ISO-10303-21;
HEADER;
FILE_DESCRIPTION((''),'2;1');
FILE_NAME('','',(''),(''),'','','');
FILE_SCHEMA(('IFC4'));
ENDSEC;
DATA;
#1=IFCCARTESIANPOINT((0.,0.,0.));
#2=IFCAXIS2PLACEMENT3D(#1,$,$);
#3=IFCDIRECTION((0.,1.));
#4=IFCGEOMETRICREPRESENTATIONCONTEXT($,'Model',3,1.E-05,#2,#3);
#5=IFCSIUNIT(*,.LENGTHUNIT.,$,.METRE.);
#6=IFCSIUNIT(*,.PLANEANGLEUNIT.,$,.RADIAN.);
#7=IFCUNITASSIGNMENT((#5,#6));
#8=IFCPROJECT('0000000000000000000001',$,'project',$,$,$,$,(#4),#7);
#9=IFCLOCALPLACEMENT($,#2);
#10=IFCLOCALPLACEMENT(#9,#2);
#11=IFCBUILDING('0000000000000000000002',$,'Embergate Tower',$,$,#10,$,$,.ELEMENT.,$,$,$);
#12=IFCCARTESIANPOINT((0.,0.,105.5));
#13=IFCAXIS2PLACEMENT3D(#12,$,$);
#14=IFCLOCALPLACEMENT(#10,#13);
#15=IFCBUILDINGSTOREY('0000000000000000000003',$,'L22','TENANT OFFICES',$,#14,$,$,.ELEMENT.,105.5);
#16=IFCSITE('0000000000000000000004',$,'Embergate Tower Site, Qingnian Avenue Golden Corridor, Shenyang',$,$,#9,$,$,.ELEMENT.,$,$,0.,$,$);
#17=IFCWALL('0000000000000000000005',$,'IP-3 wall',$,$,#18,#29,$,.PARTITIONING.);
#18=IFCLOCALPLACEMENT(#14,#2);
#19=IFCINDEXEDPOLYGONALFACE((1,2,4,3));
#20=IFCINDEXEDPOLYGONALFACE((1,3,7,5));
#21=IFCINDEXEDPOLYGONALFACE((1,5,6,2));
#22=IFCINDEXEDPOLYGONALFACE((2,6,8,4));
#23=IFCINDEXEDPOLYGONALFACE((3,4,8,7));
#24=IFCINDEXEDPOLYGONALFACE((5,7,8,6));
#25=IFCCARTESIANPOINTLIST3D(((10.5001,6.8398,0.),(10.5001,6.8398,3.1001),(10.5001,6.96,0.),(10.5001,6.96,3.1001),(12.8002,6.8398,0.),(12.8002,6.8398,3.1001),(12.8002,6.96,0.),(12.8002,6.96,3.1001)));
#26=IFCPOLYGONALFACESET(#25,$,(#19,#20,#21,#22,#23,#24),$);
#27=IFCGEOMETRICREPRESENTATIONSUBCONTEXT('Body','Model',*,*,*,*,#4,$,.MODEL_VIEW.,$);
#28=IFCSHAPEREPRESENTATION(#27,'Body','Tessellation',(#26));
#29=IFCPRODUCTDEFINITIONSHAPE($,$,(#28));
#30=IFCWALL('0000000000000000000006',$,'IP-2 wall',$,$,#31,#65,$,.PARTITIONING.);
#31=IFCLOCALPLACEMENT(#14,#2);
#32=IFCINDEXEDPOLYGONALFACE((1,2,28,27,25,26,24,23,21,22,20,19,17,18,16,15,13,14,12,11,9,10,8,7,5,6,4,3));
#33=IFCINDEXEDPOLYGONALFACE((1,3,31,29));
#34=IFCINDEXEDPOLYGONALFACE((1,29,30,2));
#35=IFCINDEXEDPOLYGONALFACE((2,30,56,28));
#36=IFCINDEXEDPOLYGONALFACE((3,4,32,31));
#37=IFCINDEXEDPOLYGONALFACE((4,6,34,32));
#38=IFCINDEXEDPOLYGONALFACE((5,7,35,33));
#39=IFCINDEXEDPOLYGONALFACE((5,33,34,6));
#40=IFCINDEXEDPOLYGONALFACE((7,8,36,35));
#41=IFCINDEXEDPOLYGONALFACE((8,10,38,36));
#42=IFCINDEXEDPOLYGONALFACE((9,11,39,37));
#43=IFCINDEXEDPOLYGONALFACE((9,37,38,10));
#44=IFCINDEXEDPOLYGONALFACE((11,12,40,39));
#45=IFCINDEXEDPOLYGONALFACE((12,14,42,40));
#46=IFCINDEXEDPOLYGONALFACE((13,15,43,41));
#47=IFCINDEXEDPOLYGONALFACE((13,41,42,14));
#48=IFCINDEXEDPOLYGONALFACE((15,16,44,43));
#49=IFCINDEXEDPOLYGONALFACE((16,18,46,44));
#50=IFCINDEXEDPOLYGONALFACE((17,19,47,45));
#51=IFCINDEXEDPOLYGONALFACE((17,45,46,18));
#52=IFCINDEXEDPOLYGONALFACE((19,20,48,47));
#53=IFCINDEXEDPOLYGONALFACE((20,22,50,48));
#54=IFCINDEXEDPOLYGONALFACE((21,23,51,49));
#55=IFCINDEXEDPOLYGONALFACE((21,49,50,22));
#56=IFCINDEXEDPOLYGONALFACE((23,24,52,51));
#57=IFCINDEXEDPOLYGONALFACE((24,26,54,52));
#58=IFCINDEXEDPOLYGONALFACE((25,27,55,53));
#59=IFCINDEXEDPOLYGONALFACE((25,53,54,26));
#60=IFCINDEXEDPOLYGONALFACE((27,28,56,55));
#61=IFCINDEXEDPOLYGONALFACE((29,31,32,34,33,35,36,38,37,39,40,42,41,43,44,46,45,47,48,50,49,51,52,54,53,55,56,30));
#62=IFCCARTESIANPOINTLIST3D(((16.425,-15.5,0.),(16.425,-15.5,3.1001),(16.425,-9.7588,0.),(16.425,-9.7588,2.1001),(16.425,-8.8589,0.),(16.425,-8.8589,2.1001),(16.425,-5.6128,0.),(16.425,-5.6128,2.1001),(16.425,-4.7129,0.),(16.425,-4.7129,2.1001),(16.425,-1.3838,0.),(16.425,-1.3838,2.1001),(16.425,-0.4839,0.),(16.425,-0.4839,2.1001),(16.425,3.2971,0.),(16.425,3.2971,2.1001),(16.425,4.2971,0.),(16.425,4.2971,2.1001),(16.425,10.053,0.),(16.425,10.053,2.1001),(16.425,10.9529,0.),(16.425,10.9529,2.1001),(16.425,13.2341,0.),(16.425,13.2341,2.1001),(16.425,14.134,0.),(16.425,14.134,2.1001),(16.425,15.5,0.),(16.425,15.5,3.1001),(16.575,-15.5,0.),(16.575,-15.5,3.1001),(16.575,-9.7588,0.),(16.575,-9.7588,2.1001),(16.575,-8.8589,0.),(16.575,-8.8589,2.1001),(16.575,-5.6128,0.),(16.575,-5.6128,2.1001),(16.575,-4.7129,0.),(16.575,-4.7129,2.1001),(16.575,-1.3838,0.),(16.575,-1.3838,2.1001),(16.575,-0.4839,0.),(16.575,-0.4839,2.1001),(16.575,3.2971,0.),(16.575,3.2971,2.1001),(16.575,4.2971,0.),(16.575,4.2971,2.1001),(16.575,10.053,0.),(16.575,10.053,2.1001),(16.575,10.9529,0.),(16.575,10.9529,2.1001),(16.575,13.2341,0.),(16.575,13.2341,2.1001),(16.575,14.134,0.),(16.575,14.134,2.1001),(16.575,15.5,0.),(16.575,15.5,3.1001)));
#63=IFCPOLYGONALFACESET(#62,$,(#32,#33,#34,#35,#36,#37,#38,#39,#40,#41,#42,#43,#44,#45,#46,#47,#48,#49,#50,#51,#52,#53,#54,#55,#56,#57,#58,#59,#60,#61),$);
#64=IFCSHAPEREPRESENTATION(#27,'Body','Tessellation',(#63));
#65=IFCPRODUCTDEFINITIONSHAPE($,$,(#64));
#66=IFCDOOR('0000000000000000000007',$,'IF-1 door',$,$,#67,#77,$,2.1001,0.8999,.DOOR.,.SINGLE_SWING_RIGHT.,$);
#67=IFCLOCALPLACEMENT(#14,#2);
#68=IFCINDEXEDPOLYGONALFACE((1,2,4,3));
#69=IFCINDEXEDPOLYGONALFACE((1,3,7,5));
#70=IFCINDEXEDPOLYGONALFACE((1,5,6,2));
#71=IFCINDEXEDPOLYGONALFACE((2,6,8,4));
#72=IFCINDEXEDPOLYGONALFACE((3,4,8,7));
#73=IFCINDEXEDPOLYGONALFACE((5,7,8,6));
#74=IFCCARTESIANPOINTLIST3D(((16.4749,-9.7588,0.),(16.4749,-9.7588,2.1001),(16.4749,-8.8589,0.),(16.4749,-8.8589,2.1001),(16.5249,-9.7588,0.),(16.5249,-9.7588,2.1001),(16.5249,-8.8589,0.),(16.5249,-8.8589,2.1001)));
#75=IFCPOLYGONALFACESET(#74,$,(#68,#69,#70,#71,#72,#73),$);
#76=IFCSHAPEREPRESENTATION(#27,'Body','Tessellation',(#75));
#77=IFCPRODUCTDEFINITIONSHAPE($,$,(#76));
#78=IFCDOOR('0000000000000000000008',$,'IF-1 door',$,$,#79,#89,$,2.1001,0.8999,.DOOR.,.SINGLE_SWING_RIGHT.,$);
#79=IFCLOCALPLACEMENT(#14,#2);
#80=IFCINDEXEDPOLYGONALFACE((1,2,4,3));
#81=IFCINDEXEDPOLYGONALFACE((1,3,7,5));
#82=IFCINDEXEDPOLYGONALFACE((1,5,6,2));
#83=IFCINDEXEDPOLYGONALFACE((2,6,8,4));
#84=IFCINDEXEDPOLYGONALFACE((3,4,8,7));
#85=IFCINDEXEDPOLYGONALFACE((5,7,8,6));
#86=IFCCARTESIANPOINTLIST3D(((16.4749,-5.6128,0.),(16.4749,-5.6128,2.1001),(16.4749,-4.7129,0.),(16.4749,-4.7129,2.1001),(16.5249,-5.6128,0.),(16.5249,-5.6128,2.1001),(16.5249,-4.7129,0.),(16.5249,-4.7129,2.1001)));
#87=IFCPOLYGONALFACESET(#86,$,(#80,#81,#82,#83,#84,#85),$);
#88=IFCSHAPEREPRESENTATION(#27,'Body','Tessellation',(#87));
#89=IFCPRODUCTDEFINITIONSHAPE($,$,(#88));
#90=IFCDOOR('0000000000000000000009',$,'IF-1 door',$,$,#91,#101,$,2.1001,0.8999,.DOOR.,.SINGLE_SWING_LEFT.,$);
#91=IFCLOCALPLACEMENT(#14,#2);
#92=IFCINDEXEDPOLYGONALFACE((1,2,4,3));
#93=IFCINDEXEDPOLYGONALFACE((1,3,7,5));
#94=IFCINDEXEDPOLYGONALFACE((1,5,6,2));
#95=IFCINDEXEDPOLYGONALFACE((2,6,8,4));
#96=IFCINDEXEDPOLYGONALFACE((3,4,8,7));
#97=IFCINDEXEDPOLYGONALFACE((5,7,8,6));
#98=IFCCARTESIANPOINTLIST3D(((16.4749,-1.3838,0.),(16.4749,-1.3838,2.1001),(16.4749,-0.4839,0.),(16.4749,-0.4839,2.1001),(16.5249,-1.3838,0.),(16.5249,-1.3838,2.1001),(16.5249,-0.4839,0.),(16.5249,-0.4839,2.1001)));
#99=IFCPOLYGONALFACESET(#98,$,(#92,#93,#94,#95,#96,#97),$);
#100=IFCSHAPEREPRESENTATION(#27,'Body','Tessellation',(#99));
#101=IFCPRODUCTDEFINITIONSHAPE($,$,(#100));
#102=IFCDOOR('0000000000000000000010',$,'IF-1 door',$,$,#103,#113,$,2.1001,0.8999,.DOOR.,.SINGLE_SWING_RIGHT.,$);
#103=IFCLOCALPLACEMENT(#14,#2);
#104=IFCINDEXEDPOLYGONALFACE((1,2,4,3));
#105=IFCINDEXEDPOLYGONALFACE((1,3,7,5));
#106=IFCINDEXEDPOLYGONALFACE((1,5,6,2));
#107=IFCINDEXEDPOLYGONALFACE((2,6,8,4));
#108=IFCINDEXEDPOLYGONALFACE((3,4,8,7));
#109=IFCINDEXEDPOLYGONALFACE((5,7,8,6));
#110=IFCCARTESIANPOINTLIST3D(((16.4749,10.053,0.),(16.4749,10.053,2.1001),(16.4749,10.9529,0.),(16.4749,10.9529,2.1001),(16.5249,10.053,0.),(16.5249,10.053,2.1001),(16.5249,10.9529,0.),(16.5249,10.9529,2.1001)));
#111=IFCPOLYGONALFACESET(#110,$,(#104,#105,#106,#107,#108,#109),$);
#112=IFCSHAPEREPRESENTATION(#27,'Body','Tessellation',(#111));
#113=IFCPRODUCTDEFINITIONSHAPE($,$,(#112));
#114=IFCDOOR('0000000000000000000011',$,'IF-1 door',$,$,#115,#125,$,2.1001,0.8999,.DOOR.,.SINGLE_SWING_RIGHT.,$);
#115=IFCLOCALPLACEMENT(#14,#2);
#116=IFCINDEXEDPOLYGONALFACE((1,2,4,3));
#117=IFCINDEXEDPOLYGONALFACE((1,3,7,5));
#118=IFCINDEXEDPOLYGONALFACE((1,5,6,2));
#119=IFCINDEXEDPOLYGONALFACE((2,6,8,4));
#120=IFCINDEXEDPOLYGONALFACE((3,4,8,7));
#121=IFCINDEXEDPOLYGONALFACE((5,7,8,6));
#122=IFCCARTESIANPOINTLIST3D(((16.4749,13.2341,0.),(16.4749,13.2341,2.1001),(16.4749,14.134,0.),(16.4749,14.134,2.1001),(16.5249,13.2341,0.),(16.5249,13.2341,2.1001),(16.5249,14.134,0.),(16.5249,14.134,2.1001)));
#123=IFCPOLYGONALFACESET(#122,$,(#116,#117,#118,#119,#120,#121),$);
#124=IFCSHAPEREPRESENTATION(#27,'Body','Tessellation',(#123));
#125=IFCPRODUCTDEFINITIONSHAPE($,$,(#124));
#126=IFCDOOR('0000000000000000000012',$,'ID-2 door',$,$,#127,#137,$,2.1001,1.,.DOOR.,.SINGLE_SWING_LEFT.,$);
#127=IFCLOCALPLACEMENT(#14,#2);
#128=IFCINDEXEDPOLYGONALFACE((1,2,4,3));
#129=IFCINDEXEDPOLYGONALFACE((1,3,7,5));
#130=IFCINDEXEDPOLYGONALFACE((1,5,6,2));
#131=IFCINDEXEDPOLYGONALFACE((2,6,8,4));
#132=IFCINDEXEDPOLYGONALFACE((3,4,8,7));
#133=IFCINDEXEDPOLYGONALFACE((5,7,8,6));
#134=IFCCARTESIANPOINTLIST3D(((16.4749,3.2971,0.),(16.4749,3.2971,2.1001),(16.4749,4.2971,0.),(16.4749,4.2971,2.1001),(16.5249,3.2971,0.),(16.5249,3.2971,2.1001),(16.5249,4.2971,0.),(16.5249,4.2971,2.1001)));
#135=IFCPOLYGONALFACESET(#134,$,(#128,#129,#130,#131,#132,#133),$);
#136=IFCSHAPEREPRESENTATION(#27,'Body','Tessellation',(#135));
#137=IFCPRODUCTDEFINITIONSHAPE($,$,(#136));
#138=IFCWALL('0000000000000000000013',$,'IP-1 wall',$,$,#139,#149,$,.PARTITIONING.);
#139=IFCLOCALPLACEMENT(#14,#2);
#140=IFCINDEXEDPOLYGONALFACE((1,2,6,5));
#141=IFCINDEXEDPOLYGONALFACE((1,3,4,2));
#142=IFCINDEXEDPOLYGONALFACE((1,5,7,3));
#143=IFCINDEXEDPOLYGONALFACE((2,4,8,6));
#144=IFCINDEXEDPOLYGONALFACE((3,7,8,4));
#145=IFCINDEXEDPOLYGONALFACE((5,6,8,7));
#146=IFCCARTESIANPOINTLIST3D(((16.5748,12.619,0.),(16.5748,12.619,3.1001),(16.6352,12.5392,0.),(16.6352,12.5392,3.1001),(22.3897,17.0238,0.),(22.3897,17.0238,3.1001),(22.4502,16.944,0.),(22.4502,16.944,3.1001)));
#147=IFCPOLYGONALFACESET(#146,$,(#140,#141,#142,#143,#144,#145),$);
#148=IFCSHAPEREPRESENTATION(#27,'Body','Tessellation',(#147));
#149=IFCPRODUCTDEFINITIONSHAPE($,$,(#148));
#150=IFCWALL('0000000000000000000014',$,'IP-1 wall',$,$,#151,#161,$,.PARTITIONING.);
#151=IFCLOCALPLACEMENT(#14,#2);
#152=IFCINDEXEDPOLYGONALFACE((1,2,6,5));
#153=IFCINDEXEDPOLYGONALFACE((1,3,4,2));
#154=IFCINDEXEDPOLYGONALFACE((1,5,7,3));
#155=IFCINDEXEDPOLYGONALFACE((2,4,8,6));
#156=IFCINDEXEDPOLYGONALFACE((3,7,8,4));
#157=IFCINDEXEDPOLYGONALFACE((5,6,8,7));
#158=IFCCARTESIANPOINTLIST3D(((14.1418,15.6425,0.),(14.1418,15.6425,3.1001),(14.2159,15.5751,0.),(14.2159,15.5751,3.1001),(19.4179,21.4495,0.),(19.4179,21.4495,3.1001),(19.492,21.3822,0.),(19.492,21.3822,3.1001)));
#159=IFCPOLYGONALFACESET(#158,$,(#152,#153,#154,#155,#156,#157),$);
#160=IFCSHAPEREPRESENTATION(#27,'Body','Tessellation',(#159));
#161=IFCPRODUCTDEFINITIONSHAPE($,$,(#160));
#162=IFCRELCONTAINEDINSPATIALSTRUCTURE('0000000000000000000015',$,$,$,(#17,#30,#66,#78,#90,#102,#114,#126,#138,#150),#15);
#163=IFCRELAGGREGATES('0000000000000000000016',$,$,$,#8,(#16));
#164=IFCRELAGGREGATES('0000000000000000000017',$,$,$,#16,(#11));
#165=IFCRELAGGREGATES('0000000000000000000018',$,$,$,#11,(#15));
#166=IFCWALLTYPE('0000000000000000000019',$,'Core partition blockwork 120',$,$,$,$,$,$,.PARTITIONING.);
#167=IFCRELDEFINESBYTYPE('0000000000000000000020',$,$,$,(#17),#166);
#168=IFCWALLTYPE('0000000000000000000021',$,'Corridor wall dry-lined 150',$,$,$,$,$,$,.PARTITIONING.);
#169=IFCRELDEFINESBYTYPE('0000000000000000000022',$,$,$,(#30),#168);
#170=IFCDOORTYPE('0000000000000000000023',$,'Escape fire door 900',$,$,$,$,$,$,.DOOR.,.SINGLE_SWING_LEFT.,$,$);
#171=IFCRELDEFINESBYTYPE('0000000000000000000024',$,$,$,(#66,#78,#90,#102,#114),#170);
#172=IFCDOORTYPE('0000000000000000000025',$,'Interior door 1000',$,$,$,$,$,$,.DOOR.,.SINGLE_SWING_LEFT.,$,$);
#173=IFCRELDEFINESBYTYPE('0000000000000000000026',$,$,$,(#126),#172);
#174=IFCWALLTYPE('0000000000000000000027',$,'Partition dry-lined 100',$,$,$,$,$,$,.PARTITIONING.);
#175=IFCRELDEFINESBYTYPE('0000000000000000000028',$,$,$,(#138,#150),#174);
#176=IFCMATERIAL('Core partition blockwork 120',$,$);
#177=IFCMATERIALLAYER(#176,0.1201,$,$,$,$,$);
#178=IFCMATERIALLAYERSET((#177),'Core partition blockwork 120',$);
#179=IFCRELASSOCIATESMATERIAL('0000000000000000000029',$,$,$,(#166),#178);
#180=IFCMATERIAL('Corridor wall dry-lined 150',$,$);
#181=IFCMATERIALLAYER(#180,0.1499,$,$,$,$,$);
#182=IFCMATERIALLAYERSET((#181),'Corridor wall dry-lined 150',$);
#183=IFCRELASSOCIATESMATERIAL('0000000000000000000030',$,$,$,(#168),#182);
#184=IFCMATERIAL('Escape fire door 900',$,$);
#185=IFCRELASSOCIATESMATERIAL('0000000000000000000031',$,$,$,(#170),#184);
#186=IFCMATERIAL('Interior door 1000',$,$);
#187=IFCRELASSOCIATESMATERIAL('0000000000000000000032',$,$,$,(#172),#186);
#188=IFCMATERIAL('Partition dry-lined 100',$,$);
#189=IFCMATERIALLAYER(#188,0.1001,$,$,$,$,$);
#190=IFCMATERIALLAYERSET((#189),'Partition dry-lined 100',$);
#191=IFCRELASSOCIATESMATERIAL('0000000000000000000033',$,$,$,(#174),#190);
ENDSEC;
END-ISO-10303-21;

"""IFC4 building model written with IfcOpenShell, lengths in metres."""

from ifc_helpers import new_model, si_unit, direction, frame, frame_2d, origin, place, context, subcontext, project, spatial, rectangle, extrude, source, transform, mapped, material, layer, layer_set, type_object, element, fill, save


model = new_model("IFC4")

# Units and contexts
model_context = context("Model", 3, precision=1e-05, world=origin(), true_north=direction((0.0, 1.0)))
body_context = subcontext(model_context, "Body", "Model", "MODEL_VIEW")
ifc_project = project(units=[si_unit("LENGTHUNIT", "METRE"), si_unit("PLANEANGLEUNIT", "RADIAN")], contexts=[model_context])

# Site, building, storey
site_placement = place(None, origin())
site = spatial("IfcSite", under=ifc_project, at=site_placement, Name="Embergate Tower Site, Qingnian Avenue Golden Corridor, Shenyang", CompositionType="ELEMENT", RefElevation=0.0)
building_placement = place(site_placement, origin())
building = spatial("IfcBuilding", under=site, at=building_placement, Name="Embergate Tower", CompositionType="ELEMENT")
storey_placement = place(building_placement, frame((0.0, 0.0, 105.5)))
storey = spatial("IfcBuildingStorey", under=building, at=storey_placement, Name="L22", Description="TENANT OFFICES", CompositionType="ELEMENT", Elevation=105.5)

# Shared definitions
ifc_material_1 = material(Name="Core partition blockwork 120")
ifc_layer_1 = layer(ifc_material_1, 0.1201)
ifc_layer_set_1 = layer_set([ifc_layer_1], Name="Core partition blockwork 120")
wall_type_1 = type_object("IfcWallType", Name="Core partition blockwork 120", PredefinedType="PARTITIONING", material=ifc_layer_set_1)

# Shared definitions
shared_shape_1 = source(origin(), body_context, "Body", "SweptSolid", [
    extrude(rectangle(XDim=2.3, YDim=0.1201, at=frame_2d((1.1499, 0.0))), origin(), (0.0, 0.0, 1.0), 3.1001),
])
shared_shape_2 = source(origin(), body_context, "Body", "SweptSolid", [
    extrude(rectangle(XDim=0.8999, YDim=2.1001, at=frame_2d((0.45, 1.05))), frame((0.0, 0.0249, 0.0), z_axis=(0.0, -1.0, 0.0), x_axis=(1.0, 0.0, 0.0)), (0.0, 0.0, 1.0), 0.05),
])

# Wall
wall_1_placement = place(storey_placement, frame((12.8, 6.8999, 0.0), z_axis=(0.0, 0.0, 1.0), x_axis=(-1.0, 0.0, 0.0)))
element("IfcWall", 1, at=wall_1_placement, inside=storey, type_object=wall_type_1, Name="IP-3 wall", PredefinedType="PARTITIONING", context=body_context, shape_type="MappedRepresentation", body=[
    mapped(shared_shape_1, transform((0.0, 0.0, 0.0))),
])

# Wall, openings, doors
ifc_material_2 = material(Name="Corridor wall dry-lined 150")
ifc_layer_2 = layer(ifc_material_2, 0.1499)
ifc_layer_set_2 = layer_set([ifc_layer_2], Name="Corridor wall dry-lined 150")
wall_type_2 = type_object("IfcWallType", Name="Corridor wall dry-lined 150", PredefinedType="PARTITIONING", material=ifc_layer_set_2)
shared_shape_3 = source(origin(), body_context, "Body", "SweptSolid", [
    extrude(rectangle(XDim=31.0, YDim=0.1499, at=frame_2d((15.5, 0.0))), origin(), (0.0, 0.0, 1.0), 3.1001),
])
wall_2_placement = place(storey_placement, frame((16.5, 15.5, 0.0), z_axis=(0.0, 0.0, 1.0), x_axis=(0.0, -1.0, 0.0)))
wall_2 = element("IfcWall", 2, at=wall_2_placement, inside=storey, type_object=wall_type_2, Name="IP-2 wall", PredefinedType="PARTITIONING", context=body_context, shape_type="MappedRepresentation", body=[
    mapped(shared_shape_3, transform((0.0, 0.0, 0.0))),
])
shared_shape_4 = source(origin(), body_context, "Body", "SweptSolid", [
    extrude(rectangle(XDim=0.8999, YDim=2.1001, at=frame_2d((0.45, 1.05))), frame((0.0, 0.085, 0.0), z_axis=(0.0, -1.0, 0.0), x_axis=(1.0, 0.0, 0.0)), (0.0, 0.0, 1.0), 0.1699),
])
opening_1_placement = place(wall_2_placement, frame((24.3589, 0.0, 0.0)))
opening_1 = element("IfcOpeningElement", 3, at=opening_1_placement, cuts=wall_2, PredefinedType="OPENING", context=body_context, shape_type="MappedRepresentation", body=[
    mapped(shared_shape_4, transform((0.0, 0.0, 0.0))),
])
opening_2_placement = place(wall_2_placement, frame((20.2129, 0.0, 0.0)))
opening_2 = element("IfcOpeningElement", 4, at=opening_2_placement, cuts=wall_2, PredefinedType="OPENING", context=body_context, shape_type="MappedRepresentation", body=[
    mapped(shared_shape_4, transform((0.0, 0.0, 0.0))),
])
opening_3_placement = place(wall_2_placement, frame((15.9839, 0.0, 0.0)))
opening_3 = element("IfcOpeningElement", 5, at=opening_3_placement, cuts=wall_2, PredefinedType="OPENING", context=body_context, shape_type="MappedRepresentation", body=[
    mapped(shared_shape_4, transform((0.0, 0.0, 0.0))),
])
shared_shape_5 = source(origin(), body_context, "Body", "SweptSolid", [
    extrude(rectangle(XDim=1.0, YDim=2.1001, at=frame_2d((0.5, 1.05))), frame((0.0, 0.085, 0.0), z_axis=(0.0, -1.0, 0.0), x_axis=(1.0, 0.0, 0.0)), (0.0, 0.0, 1.0), 0.1699),
])
opening_4_placement = place(wall_2_placement, frame((11.2029, 0.0, 0.0)))
opening_4 = element("IfcOpeningElement", 6, at=opening_4_placement, cuts=wall_2, PredefinedType="OPENING", context=body_context, shape_type="MappedRepresentation", body=[
    mapped(shared_shape_5, transform((0.0, 0.0, 0.0))),
])
opening_5_placement = place(wall_2_placement, frame((4.5471, 0.0, 0.0)))
opening_5 = element("IfcOpeningElement", 7, at=opening_5_placement, cuts=wall_2, PredefinedType="OPENING", context=body_context, shape_type="MappedRepresentation", body=[
    mapped(shared_shape_4, transform((0.0, 0.0, 0.0))),
])
opening_6_placement = place(wall_2_placement, frame((1.366, 0.0, 0.0)))
opening_6 = element("IfcOpeningElement", 8, at=opening_6_placement, cuts=wall_2, PredefinedType="OPENING", context=body_context, shape_type="MappedRepresentation", body=[
    mapped(shared_shape_4, transform((0.0, 0.0, 0.0))),
])
ifc_material_3 = material(Name="Escape fire door 900")
door_type_1 = type_object("IfcDoorType", Name="Escape fire door 900", OperationType="SINGLE_SWING_LEFT", PredefinedType="DOOR", material=ifc_material_3)
door_1_placement = place(opening_1_placement, origin())
door_1 = element("IfcDoor", 9, at=door_1_placement, inside=storey, type_object=door_type_1, Name="IF-1 door", OperationType="SINGLE_SWING_RIGHT", OverallHeight=2.1001, OverallWidth=0.8999, PredefinedType="DOOR", context=body_context, shape_type="MappedRepresentation", body=[
    mapped(shared_shape_2, transform((0.0, 0.0, 0.0))),
])
fill(opening_1, door_1)
door_2_placement = place(opening_2_placement, origin())
door_2 = element("IfcDoor", 10, at=door_2_placement, inside=storey, type_object=door_type_1, Name="IF-1 door", OperationType="SINGLE_SWING_RIGHT", OverallHeight=2.1001, OverallWidth=0.8999, PredefinedType="DOOR", context=body_context, shape_type="MappedRepresentation", body=[
    mapped(shared_shape_2, transform((0.0, 0.0, 0.0))),
])
fill(opening_2, door_2)
door_3_placement = place(opening_3_placement, origin())
door_3 = element("IfcDoor", 11, at=door_3_placement, inside=storey, type_object=door_type_1, Name="IF-1 door", OperationType="SINGLE_SWING_LEFT", OverallHeight=2.1001, OverallWidth=0.8999, PredefinedType="DOOR", context=body_context, shape_type="MappedRepresentation", body=[
    mapped(shared_shape_2, transform((0.0, 0.0, 0.0))),
])
fill(opening_3, door_3)
door_4_placement = place(opening_5_placement, origin())
door_4 = element("IfcDoor", 12, at=door_4_placement, inside=storey, type_object=door_type_1, Name="IF-1 door", OperationType="SINGLE_SWING_RIGHT", OverallHeight=2.1001, OverallWidth=0.8999, PredefinedType="DOOR", context=body_context, shape_type="MappedRepresentation", body=[
    mapped(shared_shape_2, transform((0.0, 0.0, 0.0))),
])
fill(opening_5, door_4)
door_5_placement = place(opening_6_placement, origin())
door_5 = element("IfcDoor", 13, at=door_5_placement, inside=storey, type_object=door_type_1, Name="IF-1 door", OperationType="SINGLE_SWING_RIGHT", OverallHeight=2.1001, OverallWidth=0.8999, PredefinedType="DOOR", context=body_context, shape_type="MappedRepresentation", body=[
    mapped(shared_shape_2, transform((0.0, 0.0, 0.0))),
])
fill(opening_6, door_5)
ifc_material_4 = material(Name="Interior door 1000")
door_type_2 = type_object("IfcDoorType", Name="Interior door 1000", OperationType="SINGLE_SWING_LEFT", PredefinedType="DOOR", material=ifc_material_4)
shared_shape_6 = source(origin(), body_context, "Body", "SweptSolid", [
    extrude(rectangle(XDim=1.0, YDim=2.1001, at=frame_2d((0.5, 1.05))), frame((0.0, 0.0249, 0.0), z_axis=(0.0, -1.0, 0.0), x_axis=(1.0, 0.0, 0.0)), (0.0, 0.0, 1.0), 0.05),
])
door_6_placement = place(opening_4_placement, origin())
door_6 = element("IfcDoor", 14, at=door_6_placement, inside=storey, type_object=door_type_2, Name="ID-2 door", OperationType="SINGLE_SWING_LEFT", OverallHeight=2.1001, OverallWidth=1.0, PredefinedType="DOOR", context=body_context, shape_type="MappedRepresentation", body=[
    mapped(shared_shape_6, transform((0.0, 0.0, 0.0))),
])
fill(opening_4, door_6)

# Walls
ifc_material_5 = material(Name="Partition dry-lined 100")
ifc_layer_3 = layer(ifc_material_5, 0.1001)
ifc_layer_set_3 = layer_set([ifc_layer_3], Name="Partition dry-lined 100")
wall_type_3 = type_object("IfcWallType", Name="Partition dry-lined 100", PredefinedType="PARTITIONING", material=ifc_layer_set_3)
shared_shape_7 = source(origin(), body_context, "Body", "SweptSolid", [
    extrude(rectangle(XDim=7.2949, YDim=0.1001, at=frame_2d((3.6475, 0.0))), origin(), (0.0, 0.0, 1.0), 3.1001),
])
wall_3_placement = place(storey_placement, frame((16.605, 12.5791, 0.0), z_axis=(0.0, 0.0, 1.0), x_axis=(0.797123, 0.603816, 0.0)))
element("IfcWall", 15, at=wall_3_placement, inside=storey, type_object=wall_type_3, Name="IP-1 wall", PredefinedType="PARTITIONING", context=body_context, shape_type="MappedRepresentation", body=[
    mapped(shared_shape_7, transform((0.0, 0.0, 0.0))),
])
shared_shape_8 = source(origin(), body_context, "Body", "SweptSolid", [
    extrude(rectangle(XDim=7.8459, YDim=0.1001, at=frame_2d((3.9229, 0.0))), origin(), (0.0, 0.0, 1.0), 3.1001),
])
wall_4_placement = place(storey_placement, frame((14.179, 15.6089, 0.0), z_axis=(0.0, 0.0, 1.0), x_axis=(0.672457, 0.740136, 0.0)))
element("IfcWall", 16, at=wall_4_placement, inside=storey, type_object=wall_type_3, Name="IP-1 wall", PredefinedType="PARTITIONING", context=body_context, shape_type="MappedRepresentation", body=[
    mapped(shared_shape_8, transform((0.0, 0.0, 0.0))),
])

save(model, "model.ifc")
